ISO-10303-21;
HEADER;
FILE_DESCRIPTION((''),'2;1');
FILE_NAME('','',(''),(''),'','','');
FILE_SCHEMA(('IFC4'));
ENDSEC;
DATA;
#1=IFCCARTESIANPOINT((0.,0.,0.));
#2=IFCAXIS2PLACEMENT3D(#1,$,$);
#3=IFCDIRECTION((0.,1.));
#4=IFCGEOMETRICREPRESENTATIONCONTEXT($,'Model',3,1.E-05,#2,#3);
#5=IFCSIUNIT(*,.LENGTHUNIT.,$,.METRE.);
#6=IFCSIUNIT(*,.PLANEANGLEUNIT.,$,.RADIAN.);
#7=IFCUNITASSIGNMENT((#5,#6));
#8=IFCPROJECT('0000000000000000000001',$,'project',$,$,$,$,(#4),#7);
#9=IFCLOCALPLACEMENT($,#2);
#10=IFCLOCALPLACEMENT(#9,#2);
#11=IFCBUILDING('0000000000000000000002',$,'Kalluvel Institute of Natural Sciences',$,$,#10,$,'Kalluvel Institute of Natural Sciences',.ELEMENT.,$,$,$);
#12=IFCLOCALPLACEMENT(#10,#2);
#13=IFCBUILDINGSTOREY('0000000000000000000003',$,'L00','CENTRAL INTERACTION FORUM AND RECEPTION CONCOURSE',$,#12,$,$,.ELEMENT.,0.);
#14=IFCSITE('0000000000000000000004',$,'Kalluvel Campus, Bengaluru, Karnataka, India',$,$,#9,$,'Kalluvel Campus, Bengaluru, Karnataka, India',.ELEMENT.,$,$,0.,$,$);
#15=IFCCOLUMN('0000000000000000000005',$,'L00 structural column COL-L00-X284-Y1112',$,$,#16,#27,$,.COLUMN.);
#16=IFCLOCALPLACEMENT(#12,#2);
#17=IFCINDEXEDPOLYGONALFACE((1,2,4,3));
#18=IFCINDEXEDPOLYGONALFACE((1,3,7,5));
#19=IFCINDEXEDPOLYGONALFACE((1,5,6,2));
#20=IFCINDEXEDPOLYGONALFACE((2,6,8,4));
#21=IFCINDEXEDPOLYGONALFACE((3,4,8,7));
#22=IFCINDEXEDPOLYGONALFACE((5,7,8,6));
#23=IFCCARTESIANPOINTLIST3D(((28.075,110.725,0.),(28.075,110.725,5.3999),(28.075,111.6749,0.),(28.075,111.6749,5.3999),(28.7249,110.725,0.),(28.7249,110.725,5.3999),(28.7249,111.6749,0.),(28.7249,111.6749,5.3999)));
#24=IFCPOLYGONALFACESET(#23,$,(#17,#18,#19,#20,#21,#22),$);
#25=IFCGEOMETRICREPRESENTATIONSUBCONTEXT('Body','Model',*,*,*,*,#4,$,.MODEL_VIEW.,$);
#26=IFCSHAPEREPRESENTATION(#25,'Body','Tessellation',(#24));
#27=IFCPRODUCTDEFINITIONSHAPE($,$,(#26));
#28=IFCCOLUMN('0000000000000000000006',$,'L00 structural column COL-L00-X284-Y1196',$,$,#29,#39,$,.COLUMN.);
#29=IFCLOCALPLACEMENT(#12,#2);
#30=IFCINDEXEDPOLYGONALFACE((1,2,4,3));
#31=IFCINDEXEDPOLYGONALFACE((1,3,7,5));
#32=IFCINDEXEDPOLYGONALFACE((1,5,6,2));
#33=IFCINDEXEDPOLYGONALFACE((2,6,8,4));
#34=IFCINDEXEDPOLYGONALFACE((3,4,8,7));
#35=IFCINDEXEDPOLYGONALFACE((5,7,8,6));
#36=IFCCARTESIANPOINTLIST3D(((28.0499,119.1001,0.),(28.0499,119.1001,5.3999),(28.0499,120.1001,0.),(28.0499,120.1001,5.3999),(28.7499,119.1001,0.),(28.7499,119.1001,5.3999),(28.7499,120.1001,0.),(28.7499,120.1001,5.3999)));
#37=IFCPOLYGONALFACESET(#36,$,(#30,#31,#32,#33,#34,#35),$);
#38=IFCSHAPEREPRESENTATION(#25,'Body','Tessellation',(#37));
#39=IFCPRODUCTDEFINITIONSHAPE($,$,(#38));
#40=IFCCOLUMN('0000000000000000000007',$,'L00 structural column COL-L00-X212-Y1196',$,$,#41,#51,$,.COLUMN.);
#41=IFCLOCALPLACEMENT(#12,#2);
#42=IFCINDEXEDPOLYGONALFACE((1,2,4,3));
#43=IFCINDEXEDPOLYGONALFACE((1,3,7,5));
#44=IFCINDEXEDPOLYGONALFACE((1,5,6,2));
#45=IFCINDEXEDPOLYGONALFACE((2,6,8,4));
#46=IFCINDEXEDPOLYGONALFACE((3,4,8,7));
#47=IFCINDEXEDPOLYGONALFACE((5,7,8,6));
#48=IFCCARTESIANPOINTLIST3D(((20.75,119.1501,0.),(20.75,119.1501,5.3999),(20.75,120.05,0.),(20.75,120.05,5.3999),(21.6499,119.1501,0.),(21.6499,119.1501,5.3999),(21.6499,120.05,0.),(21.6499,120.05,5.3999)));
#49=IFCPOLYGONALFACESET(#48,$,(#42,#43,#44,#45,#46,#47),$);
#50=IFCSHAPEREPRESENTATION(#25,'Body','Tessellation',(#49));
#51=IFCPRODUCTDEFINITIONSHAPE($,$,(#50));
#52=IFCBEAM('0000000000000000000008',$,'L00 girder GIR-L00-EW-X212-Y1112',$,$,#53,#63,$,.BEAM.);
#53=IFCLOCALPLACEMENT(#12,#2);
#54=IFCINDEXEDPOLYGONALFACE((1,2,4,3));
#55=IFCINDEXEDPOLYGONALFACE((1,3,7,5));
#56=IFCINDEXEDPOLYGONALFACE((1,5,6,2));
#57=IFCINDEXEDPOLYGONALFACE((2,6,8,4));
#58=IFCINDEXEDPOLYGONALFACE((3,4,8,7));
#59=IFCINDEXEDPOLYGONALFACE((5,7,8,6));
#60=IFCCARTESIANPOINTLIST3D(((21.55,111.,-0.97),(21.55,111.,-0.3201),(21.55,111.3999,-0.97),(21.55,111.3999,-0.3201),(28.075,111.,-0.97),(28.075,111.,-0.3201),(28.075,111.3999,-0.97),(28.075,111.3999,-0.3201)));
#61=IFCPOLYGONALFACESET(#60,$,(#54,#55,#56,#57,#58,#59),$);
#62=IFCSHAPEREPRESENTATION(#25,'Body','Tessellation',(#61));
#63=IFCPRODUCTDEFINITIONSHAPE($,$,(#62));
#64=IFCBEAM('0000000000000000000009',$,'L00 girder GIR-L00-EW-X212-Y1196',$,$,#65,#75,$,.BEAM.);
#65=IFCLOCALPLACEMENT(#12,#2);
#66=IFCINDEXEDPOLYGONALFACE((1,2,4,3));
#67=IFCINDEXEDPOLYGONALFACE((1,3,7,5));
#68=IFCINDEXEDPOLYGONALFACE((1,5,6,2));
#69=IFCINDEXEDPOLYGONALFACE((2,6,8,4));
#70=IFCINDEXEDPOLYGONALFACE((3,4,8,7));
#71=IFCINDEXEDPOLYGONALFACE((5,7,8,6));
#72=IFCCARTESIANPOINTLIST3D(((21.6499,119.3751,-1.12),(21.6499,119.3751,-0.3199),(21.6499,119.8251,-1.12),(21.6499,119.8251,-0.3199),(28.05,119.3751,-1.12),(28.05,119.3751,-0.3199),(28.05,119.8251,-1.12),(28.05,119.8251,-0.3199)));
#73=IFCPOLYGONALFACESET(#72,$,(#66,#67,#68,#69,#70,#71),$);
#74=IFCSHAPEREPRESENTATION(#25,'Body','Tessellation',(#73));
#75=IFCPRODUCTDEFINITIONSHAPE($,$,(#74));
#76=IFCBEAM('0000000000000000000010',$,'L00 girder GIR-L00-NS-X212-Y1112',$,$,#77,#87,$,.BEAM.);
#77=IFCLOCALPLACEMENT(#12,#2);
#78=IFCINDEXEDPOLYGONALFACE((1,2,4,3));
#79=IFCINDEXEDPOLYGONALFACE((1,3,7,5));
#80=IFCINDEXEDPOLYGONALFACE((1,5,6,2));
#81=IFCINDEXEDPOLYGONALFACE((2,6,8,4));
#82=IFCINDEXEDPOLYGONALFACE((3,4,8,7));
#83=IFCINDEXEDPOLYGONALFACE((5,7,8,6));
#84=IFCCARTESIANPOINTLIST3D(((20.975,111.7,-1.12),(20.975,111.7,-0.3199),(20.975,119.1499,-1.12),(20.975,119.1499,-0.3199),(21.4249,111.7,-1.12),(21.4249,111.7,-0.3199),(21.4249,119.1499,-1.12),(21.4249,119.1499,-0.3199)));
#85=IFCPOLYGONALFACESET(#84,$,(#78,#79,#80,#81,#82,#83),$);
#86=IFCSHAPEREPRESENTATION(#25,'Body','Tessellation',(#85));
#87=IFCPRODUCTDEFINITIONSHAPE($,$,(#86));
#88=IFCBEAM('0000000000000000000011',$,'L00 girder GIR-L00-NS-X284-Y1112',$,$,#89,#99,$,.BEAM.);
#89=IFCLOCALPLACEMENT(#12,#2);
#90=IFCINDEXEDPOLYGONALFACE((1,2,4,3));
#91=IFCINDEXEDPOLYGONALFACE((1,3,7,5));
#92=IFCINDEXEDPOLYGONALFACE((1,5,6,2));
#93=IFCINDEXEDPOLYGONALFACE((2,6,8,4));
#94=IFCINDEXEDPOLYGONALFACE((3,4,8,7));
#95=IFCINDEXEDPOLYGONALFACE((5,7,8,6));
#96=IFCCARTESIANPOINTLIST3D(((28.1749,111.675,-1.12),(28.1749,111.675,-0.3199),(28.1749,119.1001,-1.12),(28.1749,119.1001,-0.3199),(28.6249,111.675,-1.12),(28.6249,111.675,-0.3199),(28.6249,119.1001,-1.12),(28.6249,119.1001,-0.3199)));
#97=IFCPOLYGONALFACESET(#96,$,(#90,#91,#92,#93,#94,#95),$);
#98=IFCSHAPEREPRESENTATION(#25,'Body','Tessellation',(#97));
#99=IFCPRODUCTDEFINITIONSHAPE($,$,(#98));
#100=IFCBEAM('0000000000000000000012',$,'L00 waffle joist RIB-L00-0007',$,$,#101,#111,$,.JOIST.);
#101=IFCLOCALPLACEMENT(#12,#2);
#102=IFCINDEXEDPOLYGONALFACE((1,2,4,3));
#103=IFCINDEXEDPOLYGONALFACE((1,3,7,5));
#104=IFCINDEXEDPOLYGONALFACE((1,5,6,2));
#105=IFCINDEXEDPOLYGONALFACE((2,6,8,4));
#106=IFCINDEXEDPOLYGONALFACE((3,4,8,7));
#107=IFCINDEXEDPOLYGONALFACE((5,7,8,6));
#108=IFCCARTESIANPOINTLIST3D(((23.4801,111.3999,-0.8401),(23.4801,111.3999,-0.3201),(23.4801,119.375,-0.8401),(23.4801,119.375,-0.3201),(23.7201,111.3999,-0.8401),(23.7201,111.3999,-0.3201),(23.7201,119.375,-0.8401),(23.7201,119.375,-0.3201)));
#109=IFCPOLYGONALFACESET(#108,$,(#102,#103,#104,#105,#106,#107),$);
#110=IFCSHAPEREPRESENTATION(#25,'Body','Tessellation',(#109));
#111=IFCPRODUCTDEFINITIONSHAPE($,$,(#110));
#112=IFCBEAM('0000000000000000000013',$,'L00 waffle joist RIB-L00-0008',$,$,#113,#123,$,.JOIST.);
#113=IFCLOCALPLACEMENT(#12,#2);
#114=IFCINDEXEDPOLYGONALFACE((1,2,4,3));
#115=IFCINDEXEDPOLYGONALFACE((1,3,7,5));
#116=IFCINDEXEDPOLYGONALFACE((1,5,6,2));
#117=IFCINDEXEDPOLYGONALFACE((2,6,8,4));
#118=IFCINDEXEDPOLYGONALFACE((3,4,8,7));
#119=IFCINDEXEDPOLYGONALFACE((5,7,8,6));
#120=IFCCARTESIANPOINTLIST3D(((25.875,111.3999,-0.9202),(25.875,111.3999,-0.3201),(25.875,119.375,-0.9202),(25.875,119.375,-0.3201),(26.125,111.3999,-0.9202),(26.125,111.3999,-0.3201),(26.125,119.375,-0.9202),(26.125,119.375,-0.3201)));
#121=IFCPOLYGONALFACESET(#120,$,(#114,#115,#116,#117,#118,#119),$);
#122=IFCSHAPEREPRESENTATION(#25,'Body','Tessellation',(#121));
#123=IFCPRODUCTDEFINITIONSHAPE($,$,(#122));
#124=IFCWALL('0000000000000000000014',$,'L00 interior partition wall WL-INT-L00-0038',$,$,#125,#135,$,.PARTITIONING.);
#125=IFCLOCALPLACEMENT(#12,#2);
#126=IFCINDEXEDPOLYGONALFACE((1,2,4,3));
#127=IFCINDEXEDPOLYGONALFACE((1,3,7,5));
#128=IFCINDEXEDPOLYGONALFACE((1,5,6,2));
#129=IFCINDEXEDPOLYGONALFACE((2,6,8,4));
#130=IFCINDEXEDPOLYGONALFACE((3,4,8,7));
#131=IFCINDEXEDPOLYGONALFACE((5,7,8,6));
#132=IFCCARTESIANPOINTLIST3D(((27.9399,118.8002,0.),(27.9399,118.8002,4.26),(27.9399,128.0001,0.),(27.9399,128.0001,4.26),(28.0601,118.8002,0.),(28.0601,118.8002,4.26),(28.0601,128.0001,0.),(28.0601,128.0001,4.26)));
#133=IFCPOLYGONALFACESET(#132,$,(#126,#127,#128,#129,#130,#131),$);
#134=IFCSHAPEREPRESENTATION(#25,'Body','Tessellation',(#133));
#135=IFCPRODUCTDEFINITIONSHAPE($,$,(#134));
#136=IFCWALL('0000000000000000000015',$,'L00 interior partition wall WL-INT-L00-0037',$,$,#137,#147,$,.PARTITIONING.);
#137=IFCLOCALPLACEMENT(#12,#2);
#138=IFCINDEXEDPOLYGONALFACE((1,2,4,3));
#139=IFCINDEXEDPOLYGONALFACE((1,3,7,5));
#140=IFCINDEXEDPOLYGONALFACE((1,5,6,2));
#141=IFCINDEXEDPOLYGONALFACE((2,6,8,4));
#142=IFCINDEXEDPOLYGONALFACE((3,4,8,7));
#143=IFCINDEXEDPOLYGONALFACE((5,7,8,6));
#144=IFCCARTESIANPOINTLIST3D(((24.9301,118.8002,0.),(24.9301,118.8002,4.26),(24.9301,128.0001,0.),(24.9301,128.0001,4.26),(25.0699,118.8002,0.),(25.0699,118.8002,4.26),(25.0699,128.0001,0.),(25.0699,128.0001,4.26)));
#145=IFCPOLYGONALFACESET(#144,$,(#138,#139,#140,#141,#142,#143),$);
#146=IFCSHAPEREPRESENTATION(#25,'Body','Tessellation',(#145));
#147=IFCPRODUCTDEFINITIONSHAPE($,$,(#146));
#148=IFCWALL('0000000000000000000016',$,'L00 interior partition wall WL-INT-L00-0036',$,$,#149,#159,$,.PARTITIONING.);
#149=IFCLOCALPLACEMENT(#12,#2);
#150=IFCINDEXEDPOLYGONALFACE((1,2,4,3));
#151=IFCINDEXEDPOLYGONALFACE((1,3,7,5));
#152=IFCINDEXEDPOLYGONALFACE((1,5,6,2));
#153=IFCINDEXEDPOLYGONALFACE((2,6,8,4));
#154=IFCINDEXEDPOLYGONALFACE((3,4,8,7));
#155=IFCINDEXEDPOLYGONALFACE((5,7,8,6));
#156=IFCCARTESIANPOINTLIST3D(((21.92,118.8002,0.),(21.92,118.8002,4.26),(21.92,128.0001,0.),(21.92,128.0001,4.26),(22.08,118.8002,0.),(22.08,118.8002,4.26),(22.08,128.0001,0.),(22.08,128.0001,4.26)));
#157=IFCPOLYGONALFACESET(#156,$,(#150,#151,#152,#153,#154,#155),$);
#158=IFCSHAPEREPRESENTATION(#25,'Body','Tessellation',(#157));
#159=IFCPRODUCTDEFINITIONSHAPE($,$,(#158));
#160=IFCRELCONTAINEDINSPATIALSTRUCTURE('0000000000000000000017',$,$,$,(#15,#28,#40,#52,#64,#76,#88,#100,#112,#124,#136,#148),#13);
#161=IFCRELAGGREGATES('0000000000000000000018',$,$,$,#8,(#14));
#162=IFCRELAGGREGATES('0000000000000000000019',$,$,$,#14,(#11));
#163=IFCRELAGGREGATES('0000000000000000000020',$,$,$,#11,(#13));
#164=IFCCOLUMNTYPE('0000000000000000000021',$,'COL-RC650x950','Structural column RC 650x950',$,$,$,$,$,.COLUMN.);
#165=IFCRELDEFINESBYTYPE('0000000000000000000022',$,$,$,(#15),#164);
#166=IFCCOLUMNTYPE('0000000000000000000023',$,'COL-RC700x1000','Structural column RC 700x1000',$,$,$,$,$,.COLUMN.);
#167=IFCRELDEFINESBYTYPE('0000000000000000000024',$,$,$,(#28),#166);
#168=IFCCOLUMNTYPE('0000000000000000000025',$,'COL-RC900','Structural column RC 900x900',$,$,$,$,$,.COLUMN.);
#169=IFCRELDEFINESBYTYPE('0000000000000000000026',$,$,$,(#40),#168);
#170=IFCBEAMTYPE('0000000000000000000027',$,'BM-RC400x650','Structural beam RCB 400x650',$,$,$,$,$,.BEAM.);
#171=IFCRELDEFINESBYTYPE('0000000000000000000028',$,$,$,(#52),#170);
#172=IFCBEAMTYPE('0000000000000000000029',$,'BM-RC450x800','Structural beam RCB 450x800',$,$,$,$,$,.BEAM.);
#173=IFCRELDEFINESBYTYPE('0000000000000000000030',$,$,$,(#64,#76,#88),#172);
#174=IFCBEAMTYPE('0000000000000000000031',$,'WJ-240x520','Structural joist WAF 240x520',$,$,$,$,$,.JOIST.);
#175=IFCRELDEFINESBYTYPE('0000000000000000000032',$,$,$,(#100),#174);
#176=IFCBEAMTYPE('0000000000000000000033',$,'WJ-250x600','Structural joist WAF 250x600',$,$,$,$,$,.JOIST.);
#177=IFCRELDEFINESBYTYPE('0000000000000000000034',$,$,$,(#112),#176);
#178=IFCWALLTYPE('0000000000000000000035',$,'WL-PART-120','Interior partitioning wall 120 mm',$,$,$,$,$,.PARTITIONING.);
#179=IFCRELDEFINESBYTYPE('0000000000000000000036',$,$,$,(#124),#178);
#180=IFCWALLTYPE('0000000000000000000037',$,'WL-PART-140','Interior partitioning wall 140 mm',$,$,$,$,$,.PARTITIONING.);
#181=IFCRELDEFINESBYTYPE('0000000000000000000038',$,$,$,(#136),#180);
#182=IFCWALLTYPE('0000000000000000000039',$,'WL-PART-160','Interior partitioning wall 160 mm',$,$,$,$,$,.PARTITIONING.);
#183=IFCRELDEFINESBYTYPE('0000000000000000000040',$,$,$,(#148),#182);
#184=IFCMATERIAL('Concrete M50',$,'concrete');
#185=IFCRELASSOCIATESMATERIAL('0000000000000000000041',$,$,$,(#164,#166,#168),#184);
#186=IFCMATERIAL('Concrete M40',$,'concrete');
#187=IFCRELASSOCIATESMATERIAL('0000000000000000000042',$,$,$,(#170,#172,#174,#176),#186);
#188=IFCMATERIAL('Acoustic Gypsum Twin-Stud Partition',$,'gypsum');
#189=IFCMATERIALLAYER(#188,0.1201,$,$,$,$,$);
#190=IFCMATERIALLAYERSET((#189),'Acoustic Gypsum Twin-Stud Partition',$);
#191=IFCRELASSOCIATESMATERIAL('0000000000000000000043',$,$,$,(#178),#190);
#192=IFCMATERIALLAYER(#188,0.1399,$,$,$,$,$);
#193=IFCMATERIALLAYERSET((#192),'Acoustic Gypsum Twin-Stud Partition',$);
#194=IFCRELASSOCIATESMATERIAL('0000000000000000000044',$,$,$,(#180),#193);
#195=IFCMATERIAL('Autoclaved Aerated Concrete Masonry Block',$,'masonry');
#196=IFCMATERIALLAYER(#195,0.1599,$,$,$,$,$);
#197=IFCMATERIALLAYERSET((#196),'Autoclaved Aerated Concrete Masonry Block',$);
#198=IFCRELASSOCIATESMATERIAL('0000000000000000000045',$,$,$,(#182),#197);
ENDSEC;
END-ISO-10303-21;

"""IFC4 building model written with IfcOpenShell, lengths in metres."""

from ifc_helpers import new_model, si_unit, direction, frame, frame_2d, origin, origin_2d, place, context, subcontext, project, spatial, rectangle, extrude, material, layer, layer_set, material_profile, profile_set, type_object, element, save


model = new_model("IFC4")

# Units and contexts
model_context = context("Model", 3, precision=1e-05, world=origin(), true_north=direction((0.0, 1.0)))
body_context = subcontext(model_context, "Body", "Model", "MODEL_VIEW")
ifc_project = project(units=[si_unit("LENGTHUNIT", "METRE"), si_unit("PLANEANGLEUNIT", "RADIAN")], contexts=[model_context])

# Site, building, storey
site_placement = place(None, origin())
site = spatial("IfcSite", under=ifc_project, at=site_placement, Name="Kalluvel Campus, Bengaluru, Karnataka, India", LongName="Kalluvel Campus, Bengaluru, Karnataka, India", CompositionType="ELEMENT", RefElevation=0.0)
building_placement = place(site_placement, origin())
building = spatial("IfcBuilding", under=site, at=building_placement, Name="Kalluvel Institute of Natural Sciences", LongName="Kalluvel Institute of Natural Sciences", CompositionType="ELEMENT")
storey_placement = place(building_placement, origin())
storey = spatial("IfcBuildingStorey", under=building, at=storey_placement, Name="L00", Description="CENTRAL INTERACTION FORUM AND RECEPTION CONCOURSE", CompositionType="ELEMENT", Elevation=0.0)

# Columns
ifc_material_1 = material(Name="Concrete M50", Category="concrete")
ifc_material_profile_1 = material_profile(ifc_material_1, rectangle(XDim=0.6499, YDim=0.95, at=origin_2d()), Name="RC 650x950")
ifc_profile_set_1 = profile_set([ifc_material_profile_1], Name="Concrete M50")
column_type_1 = type_object("IfcColumnType", Name="COL-RC650x950", Description="Structural column RC 650x950", PredefinedType="COLUMN", material=ifc_profile_set_1)
column_1_placement = place(storey_placement, frame((28.3999, 111.2, 0.0), z_axis=(0.0, 0.0, 1.0), x_axis=(1.0, 0.0, 0.0)))
element("IfcColumn", 1, at=column_1_placement, inside=storey, type_object=column_type_1, Name="L00 structural column COL-L00-X284-Y1112", PredefinedType="COLUMN", context=body_context, shape_type="SweptSolid", body=[
    extrude(rectangle(XDim=0.6499, YDim=0.95, at=origin_2d()), origin(), (0.0, 0.0, 1.0), 5.3999),
])
ifc_material_profile_2 = material_profile(ifc_material_1, rectangle(XDim=0.7, YDim=1.0, at=origin_2d()), Name="RC 700x1000")
ifc_profile_set_2 = profile_set([ifc_material_profile_2], Name="Concrete M50")
column_type_2 = type_object("IfcColumnType", Name="COL-RC700x1000", Description="Structural column RC 700x1000", PredefinedType="COLUMN", material=ifc_profile_set_2)
column_2_placement = place(storey_placement, frame((28.3999, 119.6001, 0.0), z_axis=(0.0, 0.0, 1.0), x_axis=(1.0, 0.0, 0.0)))
element("IfcColumn", 2, at=column_2_placement, inside=storey, type_object=column_type_2, Name="L00 structural column COL-L00-X284-Y1196", PredefinedType="COLUMN", context=body_context, shape_type="SweptSolid", body=[
    extrude(rectangle(XDim=0.7, YDim=1.0, at=origin_2d()), origin(), (0.0, 0.0, 1.0), 5.3999),
])
ifc_material_profile_3 = material_profile(ifc_material_1, rectangle(XDim=0.8999, YDim=0.8999, at=origin_2d()), Name="RC 900x900")
ifc_profile_set_3 = profile_set([ifc_material_profile_3], Name="Concrete M50")
column_type_3 = type_object("IfcColumnType", Name="COL-RC900", Description="Structural column RC 900x900", PredefinedType="COLUMN", material=ifc_profile_set_3)
column_3_placement = place(storey_placement, frame((21.2, 119.6001, 0.0), z_axis=(0.0, 0.0, 1.0), x_axis=(1.0, 0.0, 0.0)))
element("IfcColumn", 3, at=column_3_placement, inside=storey, type_object=column_type_3, Name="L00 structural column COL-L00-X212-Y1196", PredefinedType="COLUMN", context=body_context, shape_type="SweptSolid", body=[
    extrude(rectangle(XDim=0.8999, YDim=0.8999, at=origin_2d()), origin(), (0.0, 0.0, 1.0), 5.3999),
])

# Beams
ifc_material_2 = material(Name="Concrete M40", Category="concrete")
ifc_material_profile_4 = material_profile(ifc_material_2, rectangle(XDim=0.3999, YDim=0.6499, at=origin_2d()), Name="RCB 400x650")
ifc_profile_set_4 = profile_set([ifc_material_profile_4], Name="Concrete M40")
beam_type_1 = type_object("IfcBeamType", Name="BM-RC400x650", Description="Structural beam RCB 400x650", PredefinedType="BEAM", material=ifc_profile_set_4)
beam_1_placement = place(storey_placement, frame((21.55, 111.2, -0.645), z_axis=(1.0, 0.0, 0.0), x_axis=(0.0, 1.0, 0.0)))
element("IfcBeam", 4, at=beam_1_placement, inside=storey, type_object=beam_type_1, Name="L00 girder GIR-L00-EW-X212-Y1112", PredefinedType="BEAM", context=body_context, shape_type="SweptSolid", body=[
    extrude(rectangle(XDim=0.3999, YDim=0.6499, at=origin_2d()), origin(), (0.0, 0.0, 1.0), 6.5249),
])
ifc_material_profile_5 = material_profile(ifc_material_2, rectangle(XDim=0.45, YDim=0.8, at=origin_2d()), Name="RCB 450x800")
ifc_profile_set_5 = profile_set([ifc_material_profile_5], Name="Concrete M40")
beam_type_2 = type_object("IfcBeamType", Name="BM-RC450x800", Description="Structural beam RCB 450x800", PredefinedType="BEAM", material=ifc_profile_set_5)
beam_2_placement = place(storey_placement, frame((21.6499, 119.6001, -0.72), z_axis=(1.0, 0.0, 0.0), x_axis=(0.0, 1.0, 0.0)))
element("IfcBeam", 5, at=beam_2_placement, inside=storey, type_object=beam_type_2, Name="L00 girder GIR-L00-EW-X212-Y1196", PredefinedType="BEAM", context=body_context, shape_type="SweptSolid", body=[
    extrude(rectangle(XDim=0.45, YDim=0.8, at=origin_2d()), origin(), (0.0, 0.0, 1.0), 6.4001),
])
beam_3_placement = place(storey_placement, frame((21.2, 111.7, -0.72), z_axis=(0.0, 1.0, 0.0), x_axis=(-1.0, 0.0, 0.0)))
element("IfcBeam", 6, at=beam_3_placement, inside=storey, type_object=beam_type_2, Name="L00 girder GIR-L00-NS-X212-Y1112", PredefinedType="BEAM", context=body_context, shape_type="SweptSolid", body=[
    extrude(rectangle(XDim=0.45, YDim=0.8, at=origin_2d()), origin(), (0.0, 0.0, 1.0), 7.45),
])
beam_4_placement = place(storey_placement, frame((28.3999, 111.675, -0.72), z_axis=(0.0, 1.0, 0.0), x_axis=(-1.0, 0.0, 0.0)))
element("IfcBeam", 7, at=beam_4_placement, inside=storey, type_object=beam_type_2, Name="L00 girder GIR-L00-NS-X284-Y1112", PredefinedType="BEAM", context=body_context, shape_type="SweptSolid", body=[
    extrude(rectangle(XDim=0.45, YDim=0.8, at=origin_2d()), origin(), (0.0, 0.0, 1.0), 7.425),
])
ifc_material_profile_6 = material_profile(ifc_material_2, rectangle(XDim=0.24, YDim=0.52, at=origin_2d()), Name="WAF 240x520")
ifc_profile_set_6 = profile_set([ifc_material_profile_6], Name="Concrete M40")
beam_type_3 = type_object("IfcBeamType", Name="WJ-240x520", Description="Structural joist WAF 240x520", PredefinedType="JOIST", material=ifc_profile_set_6)
beam_5_placement = place(storey_placement, frame((23.6001, 111.3999, -0.5801), z_axis=(0.0, 1.0, 0.0), x_axis=(-1.0, 0.0, 0.0)))
element("IfcBeam", 8, at=beam_5_placement, inside=storey, type_object=beam_type_3, Name="L00 waffle joist RIB-L00-0007", PredefinedType="JOIST", context=body_context, shape_type="SweptSolid", body=[
    extrude(rectangle(XDim=0.24, YDim=0.52, at=origin_2d()), origin(), (0.0, 0.0, 1.0), 7.9751),
])
ifc_material_profile_7 = material_profile(ifc_material_2, rectangle(XDim=0.25, YDim=0.6001, at=origin_2d()), Name="WAF 250x600")
ifc_profile_set_7 = profile_set([ifc_material_profile_7], Name="Concrete M40")
beam_type_4 = type_object("IfcBeamType", Name="WJ-250x600", Description="Structural joist WAF 250x600", PredefinedType="JOIST", material=ifc_profile_set_7)
beam_6_placement = place(storey_placement, frame((26.0, 111.3999, -0.6201), z_axis=(0.0, 1.0, 0.0), x_axis=(-1.0, 0.0, 0.0)))
element("IfcBeam", 9, at=beam_6_placement, inside=storey, type_object=beam_type_4, Name="L00 waffle joist RIB-L00-0008", PredefinedType="JOIST", context=body_context, shape_type="SweptSolid", body=[
    extrude(rectangle(XDim=0.25, YDim=0.6001, at=origin_2d()), origin(), (0.0, 0.0, 1.0), 7.9751),
])

# Walls
ifc_material_3 = material(Name="Acoustic Gypsum Twin-Stud Partition", Category="gypsum")
ifc_layer_1 = layer(ifc_material_3, 0.1201)
ifc_layer_set_1 = layer_set([ifc_layer_1], Name="Acoustic Gypsum Twin-Stud Partition")
wall_type_1 = type_object("IfcWallType", Name="WL-PART-120", Description="Interior partitioning wall 120 mm", PredefinedType="PARTITIONING", material=ifc_layer_set_1)
wall_1_placement = place(storey_placement, frame((28.0, 118.8, 0.0), z_axis=(0.0, 0.0, 1.0), x_axis=(0.0, 1.0, 0.0)))
element("IfcWall", 10, at=wall_1_placement, inside=storey, type_object=wall_type_1, Name="L00 interior partition wall WL-INT-L00-0038", PredefinedType="PARTITIONING", context=body_context, shape_type="SweptSolid", body=[
    extrude(rectangle(XDim=9.2, YDim=0.1201, at=frame_2d((4.6001, 0.0))), origin(), (0.0, 0.0, 1.0), 4.26),
])
ifc_layer_2 = layer(ifc_material_3, 0.1399)
ifc_layer_set_2 = layer_set([ifc_layer_2], Name="Acoustic Gypsum Twin-Stud Partition")
wall_type_2 = type_object("IfcWallType", Name="WL-PART-140", Description="Interior partitioning wall 140 mm", PredefinedType="PARTITIONING", material=ifc_layer_set_2)
wall_2_placement = place(storey_placement, frame((25.0, 118.8, 0.0), z_axis=(0.0, 0.0, 1.0), x_axis=(0.0, 1.0, 0.0)))
element("IfcWall", 11, at=wall_2_placement, inside=storey, type_object=wall_type_2, Name="L00 interior partition wall WL-INT-L00-0037", PredefinedType="PARTITIONING", context=body_context, shape_type="SweptSolid", body=[
    extrude(rectangle(XDim=9.2, YDim=0.1399, at=frame_2d((4.6001, 0.0))), origin(), (0.0, 0.0, 1.0), 4.26),
])
ifc_material_4 = material(Name="Autoclaved Aerated Concrete Masonry Block", Category="masonry")
ifc_layer_3 = layer(ifc_material_4, 0.1599)
ifc_layer_set_3 = layer_set([ifc_layer_3], Name="Autoclaved Aerated Concrete Masonry Block")
wall_type_3 = type_object("IfcWallType", Name="WL-PART-160", Description="Interior partitioning wall 160 mm", PredefinedType="PARTITIONING", material=ifc_layer_set_3)
wall_3_placement = place(storey_placement, frame((22.0, 118.8, 0.0), z_axis=(0.0, 0.0, 1.0), x_axis=(0.0, 1.0, 0.0)))
element("IfcWall", 12, at=wall_3_placement, inside=storey, type_object=wall_type_3, Name="L00 interior partition wall WL-INT-L00-0036", PredefinedType="PARTITIONING", context=body_context, shape_type="SweptSolid", body=[
    extrude(rectangle(XDim=9.2, YDim=0.1599, at=frame_2d((4.6001, 0.0))), origin(), (0.0, 0.0, 1.0), 4.26),
])

save(model, "model.ifc")
